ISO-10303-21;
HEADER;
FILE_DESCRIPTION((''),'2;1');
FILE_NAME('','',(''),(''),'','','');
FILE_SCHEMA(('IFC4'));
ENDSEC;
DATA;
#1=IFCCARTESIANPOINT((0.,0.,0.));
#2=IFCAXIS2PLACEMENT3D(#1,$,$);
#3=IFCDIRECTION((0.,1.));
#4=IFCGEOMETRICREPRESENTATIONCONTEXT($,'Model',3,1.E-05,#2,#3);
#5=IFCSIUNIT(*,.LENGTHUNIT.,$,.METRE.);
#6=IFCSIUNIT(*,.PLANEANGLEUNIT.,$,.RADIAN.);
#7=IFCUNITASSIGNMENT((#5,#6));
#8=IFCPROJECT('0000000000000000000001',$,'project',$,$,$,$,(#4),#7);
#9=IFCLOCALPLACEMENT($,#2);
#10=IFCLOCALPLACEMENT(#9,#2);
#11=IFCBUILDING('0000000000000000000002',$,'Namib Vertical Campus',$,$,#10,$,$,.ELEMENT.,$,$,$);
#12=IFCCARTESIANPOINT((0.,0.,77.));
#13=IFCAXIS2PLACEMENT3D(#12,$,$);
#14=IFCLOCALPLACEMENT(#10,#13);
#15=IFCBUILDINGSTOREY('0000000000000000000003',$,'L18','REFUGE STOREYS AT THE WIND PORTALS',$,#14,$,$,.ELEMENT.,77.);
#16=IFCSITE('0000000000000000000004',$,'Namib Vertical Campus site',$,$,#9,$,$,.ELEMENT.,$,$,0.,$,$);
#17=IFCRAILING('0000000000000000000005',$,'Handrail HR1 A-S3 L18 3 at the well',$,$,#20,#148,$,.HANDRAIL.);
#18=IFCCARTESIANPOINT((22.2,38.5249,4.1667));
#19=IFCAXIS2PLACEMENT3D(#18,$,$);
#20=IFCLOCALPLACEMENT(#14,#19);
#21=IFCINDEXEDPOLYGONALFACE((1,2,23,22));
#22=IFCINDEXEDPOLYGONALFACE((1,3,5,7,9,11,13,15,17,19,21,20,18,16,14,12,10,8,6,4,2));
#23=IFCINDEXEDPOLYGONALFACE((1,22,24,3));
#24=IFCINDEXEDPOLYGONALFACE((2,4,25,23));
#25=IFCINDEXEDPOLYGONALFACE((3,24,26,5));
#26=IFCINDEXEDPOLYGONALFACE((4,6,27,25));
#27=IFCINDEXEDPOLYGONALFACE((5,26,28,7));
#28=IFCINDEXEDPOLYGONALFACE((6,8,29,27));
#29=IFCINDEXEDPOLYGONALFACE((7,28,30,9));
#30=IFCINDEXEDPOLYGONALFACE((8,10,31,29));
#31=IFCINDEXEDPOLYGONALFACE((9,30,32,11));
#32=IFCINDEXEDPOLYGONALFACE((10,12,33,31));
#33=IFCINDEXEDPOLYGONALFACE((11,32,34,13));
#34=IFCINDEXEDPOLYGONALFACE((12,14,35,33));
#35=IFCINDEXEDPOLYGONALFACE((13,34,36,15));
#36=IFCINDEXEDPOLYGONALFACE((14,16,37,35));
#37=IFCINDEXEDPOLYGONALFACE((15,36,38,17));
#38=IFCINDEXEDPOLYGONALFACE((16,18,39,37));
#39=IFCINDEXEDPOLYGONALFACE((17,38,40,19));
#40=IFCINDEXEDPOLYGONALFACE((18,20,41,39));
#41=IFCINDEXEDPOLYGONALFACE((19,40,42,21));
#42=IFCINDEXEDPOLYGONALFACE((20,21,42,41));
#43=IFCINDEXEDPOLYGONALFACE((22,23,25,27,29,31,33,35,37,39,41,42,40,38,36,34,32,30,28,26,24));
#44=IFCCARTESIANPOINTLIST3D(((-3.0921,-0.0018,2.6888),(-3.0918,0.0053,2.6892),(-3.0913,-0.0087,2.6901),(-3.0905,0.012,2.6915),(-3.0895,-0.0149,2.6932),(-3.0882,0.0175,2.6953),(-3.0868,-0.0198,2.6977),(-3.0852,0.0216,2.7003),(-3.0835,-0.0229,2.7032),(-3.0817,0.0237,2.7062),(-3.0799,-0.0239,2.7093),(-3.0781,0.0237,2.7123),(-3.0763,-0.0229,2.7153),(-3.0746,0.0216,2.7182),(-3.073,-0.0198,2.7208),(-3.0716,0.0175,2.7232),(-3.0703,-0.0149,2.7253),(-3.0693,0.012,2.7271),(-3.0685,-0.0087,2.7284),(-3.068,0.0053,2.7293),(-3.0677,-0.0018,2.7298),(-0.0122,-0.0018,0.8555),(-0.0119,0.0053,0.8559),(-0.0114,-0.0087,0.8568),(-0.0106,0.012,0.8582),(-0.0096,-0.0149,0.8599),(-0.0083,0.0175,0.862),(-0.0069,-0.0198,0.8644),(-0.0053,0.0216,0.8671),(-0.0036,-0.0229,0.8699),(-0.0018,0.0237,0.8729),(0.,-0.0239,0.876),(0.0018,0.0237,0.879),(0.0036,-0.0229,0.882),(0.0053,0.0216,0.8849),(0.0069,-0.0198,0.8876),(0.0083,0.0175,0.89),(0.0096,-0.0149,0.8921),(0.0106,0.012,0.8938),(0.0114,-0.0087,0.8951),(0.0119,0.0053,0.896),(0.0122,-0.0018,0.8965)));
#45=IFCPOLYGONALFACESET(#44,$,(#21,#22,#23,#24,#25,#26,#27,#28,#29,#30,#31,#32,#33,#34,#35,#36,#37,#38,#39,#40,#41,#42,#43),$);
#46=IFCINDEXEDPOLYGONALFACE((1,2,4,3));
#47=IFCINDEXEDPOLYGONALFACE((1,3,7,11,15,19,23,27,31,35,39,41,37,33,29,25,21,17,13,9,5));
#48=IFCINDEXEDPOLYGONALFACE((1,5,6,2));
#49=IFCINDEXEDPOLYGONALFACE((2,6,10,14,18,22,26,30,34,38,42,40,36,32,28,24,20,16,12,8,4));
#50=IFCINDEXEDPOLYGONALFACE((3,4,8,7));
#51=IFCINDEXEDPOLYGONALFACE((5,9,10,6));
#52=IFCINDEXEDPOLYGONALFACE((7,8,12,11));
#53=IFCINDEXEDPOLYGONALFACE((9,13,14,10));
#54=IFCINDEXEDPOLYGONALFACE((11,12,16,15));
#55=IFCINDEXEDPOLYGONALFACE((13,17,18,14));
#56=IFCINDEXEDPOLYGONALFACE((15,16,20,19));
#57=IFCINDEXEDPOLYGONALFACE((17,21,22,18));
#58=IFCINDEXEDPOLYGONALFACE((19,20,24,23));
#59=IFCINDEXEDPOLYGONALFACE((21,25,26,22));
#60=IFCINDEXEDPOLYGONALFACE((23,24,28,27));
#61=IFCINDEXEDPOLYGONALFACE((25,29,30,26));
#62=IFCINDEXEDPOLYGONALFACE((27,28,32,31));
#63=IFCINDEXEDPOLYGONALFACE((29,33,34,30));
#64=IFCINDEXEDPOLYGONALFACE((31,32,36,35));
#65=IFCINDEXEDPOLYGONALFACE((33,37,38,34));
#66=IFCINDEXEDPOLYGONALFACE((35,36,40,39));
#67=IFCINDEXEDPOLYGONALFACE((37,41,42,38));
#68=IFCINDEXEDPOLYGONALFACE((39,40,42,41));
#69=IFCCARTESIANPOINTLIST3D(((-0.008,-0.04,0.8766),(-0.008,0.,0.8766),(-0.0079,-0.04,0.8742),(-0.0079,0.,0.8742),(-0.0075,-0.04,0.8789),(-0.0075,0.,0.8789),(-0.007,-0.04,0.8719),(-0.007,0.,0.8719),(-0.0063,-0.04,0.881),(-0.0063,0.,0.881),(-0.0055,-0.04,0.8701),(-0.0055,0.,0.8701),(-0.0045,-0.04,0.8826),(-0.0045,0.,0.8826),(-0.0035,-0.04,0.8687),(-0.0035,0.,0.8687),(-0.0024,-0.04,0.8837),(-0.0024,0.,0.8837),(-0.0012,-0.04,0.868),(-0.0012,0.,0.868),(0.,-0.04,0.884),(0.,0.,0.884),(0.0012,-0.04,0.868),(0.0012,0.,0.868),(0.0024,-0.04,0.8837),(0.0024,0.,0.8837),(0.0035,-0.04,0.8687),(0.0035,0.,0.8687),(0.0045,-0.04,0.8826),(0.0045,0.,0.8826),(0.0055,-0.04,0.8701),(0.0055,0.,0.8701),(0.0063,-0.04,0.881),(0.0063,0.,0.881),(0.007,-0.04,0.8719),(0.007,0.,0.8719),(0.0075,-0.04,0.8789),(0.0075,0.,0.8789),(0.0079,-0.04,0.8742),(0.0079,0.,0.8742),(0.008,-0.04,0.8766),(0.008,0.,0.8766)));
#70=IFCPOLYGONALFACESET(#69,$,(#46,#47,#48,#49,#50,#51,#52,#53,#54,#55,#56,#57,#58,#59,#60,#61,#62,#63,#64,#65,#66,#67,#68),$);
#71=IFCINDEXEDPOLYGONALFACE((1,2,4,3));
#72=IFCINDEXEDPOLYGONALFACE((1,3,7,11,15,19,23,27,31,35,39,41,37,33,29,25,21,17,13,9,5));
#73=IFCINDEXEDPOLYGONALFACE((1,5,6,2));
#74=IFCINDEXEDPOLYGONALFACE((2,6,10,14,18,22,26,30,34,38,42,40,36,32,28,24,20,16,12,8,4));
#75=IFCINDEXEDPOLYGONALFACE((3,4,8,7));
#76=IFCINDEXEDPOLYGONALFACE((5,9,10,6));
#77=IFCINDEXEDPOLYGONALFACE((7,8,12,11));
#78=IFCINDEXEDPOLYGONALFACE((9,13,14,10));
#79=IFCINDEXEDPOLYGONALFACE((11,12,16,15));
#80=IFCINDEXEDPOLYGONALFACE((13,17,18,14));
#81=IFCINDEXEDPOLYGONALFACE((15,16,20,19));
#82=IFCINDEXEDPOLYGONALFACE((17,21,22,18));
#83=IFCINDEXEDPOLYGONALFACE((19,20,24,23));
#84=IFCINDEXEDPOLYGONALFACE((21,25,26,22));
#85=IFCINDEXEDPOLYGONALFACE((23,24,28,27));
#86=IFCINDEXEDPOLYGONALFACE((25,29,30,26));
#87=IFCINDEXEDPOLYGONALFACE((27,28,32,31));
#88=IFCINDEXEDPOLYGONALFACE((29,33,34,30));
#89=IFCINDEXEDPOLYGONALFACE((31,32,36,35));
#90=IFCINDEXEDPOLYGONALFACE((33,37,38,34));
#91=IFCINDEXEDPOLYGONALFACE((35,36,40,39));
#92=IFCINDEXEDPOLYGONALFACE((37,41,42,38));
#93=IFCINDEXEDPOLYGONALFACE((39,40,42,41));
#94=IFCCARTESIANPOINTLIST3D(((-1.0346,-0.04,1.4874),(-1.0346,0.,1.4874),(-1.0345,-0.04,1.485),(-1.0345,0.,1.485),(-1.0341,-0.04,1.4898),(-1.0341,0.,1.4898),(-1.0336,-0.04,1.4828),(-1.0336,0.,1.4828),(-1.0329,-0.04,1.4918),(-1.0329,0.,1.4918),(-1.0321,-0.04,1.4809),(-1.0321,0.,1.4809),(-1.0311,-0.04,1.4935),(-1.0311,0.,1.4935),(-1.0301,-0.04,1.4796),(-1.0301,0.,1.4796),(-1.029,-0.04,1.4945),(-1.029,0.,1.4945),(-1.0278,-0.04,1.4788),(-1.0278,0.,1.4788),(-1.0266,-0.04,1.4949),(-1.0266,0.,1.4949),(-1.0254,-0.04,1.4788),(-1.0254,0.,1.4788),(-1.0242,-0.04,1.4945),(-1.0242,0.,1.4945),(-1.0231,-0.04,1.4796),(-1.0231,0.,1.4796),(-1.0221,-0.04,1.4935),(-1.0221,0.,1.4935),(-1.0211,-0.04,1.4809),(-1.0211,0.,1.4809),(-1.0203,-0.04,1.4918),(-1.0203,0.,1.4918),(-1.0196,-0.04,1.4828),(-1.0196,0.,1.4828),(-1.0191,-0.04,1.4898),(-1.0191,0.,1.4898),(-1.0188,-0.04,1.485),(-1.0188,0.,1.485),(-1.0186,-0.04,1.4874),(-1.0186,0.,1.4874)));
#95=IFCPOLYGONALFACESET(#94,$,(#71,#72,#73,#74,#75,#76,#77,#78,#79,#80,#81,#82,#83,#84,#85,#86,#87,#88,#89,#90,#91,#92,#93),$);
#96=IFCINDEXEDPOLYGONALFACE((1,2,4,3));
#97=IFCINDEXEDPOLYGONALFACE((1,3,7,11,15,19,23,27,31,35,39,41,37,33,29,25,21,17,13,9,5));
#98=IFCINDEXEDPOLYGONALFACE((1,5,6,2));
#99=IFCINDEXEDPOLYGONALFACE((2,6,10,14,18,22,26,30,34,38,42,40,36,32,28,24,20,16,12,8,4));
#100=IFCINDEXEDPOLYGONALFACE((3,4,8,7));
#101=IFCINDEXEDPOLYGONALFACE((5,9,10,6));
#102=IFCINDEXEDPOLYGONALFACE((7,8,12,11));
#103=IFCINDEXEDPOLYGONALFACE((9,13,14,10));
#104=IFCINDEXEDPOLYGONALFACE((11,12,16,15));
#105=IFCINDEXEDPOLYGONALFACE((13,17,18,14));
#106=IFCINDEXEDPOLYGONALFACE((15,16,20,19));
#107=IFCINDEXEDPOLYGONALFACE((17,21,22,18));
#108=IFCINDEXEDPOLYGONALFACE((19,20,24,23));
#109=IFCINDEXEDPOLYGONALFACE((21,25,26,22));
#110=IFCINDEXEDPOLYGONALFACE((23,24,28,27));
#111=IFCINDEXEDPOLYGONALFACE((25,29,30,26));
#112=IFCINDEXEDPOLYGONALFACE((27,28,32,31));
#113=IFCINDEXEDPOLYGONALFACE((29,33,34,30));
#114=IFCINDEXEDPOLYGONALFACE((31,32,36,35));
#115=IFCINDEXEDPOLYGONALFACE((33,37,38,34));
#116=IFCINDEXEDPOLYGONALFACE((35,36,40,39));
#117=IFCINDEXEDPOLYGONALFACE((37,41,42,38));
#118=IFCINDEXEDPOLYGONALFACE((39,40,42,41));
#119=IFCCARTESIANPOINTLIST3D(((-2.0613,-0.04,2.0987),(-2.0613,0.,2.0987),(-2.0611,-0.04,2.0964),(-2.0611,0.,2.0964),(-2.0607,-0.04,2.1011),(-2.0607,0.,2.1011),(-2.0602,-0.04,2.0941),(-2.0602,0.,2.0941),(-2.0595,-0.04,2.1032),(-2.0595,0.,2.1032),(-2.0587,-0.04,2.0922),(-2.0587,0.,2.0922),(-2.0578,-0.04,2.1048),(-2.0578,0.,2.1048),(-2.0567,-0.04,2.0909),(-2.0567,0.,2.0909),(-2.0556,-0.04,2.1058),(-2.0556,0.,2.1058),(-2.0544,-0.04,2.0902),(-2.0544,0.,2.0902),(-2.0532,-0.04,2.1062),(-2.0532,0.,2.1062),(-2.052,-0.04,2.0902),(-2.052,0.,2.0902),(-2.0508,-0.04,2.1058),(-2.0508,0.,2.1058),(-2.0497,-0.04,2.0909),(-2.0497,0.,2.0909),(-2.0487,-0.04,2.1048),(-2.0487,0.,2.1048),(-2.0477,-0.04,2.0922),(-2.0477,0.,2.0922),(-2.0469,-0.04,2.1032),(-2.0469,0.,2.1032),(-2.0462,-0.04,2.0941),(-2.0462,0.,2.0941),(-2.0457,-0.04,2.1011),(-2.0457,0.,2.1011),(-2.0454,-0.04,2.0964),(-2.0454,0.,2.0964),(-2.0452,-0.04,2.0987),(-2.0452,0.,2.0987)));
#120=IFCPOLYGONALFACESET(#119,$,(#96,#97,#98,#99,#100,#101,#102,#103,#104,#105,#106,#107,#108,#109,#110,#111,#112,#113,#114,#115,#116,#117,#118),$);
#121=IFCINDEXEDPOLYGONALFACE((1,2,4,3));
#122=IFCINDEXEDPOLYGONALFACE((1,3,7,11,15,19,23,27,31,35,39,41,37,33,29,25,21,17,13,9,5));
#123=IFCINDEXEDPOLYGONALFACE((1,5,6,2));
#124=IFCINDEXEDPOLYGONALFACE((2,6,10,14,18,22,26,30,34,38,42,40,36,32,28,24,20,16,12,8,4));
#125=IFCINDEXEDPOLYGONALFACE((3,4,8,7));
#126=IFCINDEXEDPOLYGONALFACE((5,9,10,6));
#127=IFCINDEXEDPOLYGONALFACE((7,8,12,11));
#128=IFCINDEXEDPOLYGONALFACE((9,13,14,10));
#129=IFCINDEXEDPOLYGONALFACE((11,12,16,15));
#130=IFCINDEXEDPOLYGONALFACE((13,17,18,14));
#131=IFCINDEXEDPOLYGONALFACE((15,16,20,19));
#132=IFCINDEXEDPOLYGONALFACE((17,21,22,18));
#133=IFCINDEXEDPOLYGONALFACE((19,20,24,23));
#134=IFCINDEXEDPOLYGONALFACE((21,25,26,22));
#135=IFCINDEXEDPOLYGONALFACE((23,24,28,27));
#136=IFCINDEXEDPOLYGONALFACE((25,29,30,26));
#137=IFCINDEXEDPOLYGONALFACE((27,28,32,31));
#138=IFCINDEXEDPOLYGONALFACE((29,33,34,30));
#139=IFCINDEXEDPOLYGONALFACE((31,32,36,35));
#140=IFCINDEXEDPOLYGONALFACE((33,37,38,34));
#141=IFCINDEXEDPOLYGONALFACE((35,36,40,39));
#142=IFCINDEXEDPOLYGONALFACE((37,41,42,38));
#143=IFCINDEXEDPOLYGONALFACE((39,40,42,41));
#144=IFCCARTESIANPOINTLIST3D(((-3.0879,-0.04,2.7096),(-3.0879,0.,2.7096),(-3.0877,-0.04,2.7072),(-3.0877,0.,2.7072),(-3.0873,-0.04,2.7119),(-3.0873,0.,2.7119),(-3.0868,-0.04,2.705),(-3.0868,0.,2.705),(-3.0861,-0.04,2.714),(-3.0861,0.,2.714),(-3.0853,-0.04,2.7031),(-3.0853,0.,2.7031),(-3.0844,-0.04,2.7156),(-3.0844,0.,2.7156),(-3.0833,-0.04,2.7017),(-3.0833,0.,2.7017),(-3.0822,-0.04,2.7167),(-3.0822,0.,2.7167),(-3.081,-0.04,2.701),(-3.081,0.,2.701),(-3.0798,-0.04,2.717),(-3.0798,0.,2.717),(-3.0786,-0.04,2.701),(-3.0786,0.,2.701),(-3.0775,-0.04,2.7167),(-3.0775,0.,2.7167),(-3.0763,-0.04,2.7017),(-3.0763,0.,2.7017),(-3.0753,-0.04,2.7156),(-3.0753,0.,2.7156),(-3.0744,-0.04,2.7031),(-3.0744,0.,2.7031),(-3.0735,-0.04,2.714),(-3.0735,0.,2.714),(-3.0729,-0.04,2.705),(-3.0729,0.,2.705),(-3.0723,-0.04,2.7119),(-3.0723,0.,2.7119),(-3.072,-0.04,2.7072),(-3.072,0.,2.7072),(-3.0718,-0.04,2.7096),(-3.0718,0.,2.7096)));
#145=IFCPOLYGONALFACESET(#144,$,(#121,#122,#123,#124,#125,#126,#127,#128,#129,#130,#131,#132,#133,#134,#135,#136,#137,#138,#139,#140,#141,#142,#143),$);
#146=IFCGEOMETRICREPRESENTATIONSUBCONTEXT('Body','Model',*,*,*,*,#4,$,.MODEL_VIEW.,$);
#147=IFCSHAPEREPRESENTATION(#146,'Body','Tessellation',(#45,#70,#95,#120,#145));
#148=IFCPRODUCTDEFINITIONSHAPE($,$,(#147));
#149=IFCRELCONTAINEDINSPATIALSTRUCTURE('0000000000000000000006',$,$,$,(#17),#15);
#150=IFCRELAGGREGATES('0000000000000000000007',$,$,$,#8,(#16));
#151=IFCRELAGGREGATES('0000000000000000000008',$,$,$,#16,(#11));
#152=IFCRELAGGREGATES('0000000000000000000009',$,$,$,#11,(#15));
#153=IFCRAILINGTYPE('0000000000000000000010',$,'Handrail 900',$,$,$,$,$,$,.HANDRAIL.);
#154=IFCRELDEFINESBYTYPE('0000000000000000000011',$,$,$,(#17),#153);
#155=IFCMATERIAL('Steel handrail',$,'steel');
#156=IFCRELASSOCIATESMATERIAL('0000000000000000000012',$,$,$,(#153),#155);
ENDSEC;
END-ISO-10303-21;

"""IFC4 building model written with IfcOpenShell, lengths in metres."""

from ifc_helpers import new_model, si_unit, direction, frame, origin, origin_2d, place, context, subcontext, project, spatial, circle, extrude, material, type_object, element, save


model = new_model("IFC4")

# Units and contexts
model_context = context("Model", 3, precision=1e-05, world=origin(), true_north=direction((0.0, 1.0)))
body_context = subcontext(model_context, "Body", "Model", "MODEL_VIEW")
ifc_project = project(units=[si_unit("LENGTHUNIT", "METRE"), si_unit("PLANEANGLEUNIT", "RADIAN")], contexts=[model_context])

# Site, building, storey
site_placement = place(None, origin())
site = spatial("IfcSite", under=ifc_project, at=site_placement, Name="Namib Vertical Campus site", CompositionType="ELEMENT", RefElevation=0.0)
building_placement = place(site_placement, origin())
building = spatial("IfcBuilding", under=site, at=building_placement, Name="Namib Vertical Campus", CompositionType="ELEMENT")
storey_placement = place(building_placement, frame((0.0, 0.0, 77.0)))
storey = spatial("IfcBuildingStorey", under=building, at=storey_placement, Name="L18", Description="REFUGE STOREYS AT THE WIND PORTALS", CompositionType="ELEMENT", Elevation=77.0)

# Railing
ifc_material_1 = material(Name="Steel handrail", Category="steel")
railing_type_1 = type_object("IfcRailingType", Name="Handrail 900", PredefinedType="HANDRAIL", material=ifc_material_1)
railing_1_placement = place(storey_placement, frame((22.2, 38.5249, 4.1667)))
element("IfcRailing", 1, at=railing_1_placement, inside=storey, type_object=railing_type_1, Name="Handrail HR1 A-S3 L18 3 at the well", PredefinedType="HANDRAIL", context=body_context, shape_type="SweptSolid", body=[
    extrude(circle(Radius=0.0239, at=origin_2d()), frame((0.0, 0.0, 0.876), z_axis=(-0.859291, 0.0, 0.511487), x_axis=(0.0, -1.0, 0.0)), (0.0, 0.0, 1.0), 3.5842),
    extrude(circle(Radius=0.0081, at=origin_2d()), frame((0.0, 0.0, 0.876), z_axis=(0.0, -1.0, 0.0), x_axis=(0.0, 0.0, 1.0)), (0.0, 0.0, 1.0), 0.04),
    extrude(circle(Radius=0.0081, at=origin_2d()), frame((-1.0266, 0.0, 1.4868), z_axis=(0.0, -1.0, 0.0), x_axis=(0.0, 0.0, 1.0)), (0.0, 0.0, 1.0), 0.04),
    extrude(circle(Radius=0.0081, at=origin_2d()), frame((-2.0532, 0.0, 2.0981), z_axis=(0.0, -1.0, 0.0), x_axis=(0.0, 0.0, 1.0)), (0.0, 0.0, 1.0), 0.04),
    extrude(circle(Radius=0.0081, at=origin_2d()), frame((-3.0798, 0.0, 2.709), z_axis=(0.0, -1.0, 0.0), x_axis=(0.0, 0.0, 1.0)), (0.0, 0.0, 1.0), 0.04),
])

save(model, "model.ifc")
